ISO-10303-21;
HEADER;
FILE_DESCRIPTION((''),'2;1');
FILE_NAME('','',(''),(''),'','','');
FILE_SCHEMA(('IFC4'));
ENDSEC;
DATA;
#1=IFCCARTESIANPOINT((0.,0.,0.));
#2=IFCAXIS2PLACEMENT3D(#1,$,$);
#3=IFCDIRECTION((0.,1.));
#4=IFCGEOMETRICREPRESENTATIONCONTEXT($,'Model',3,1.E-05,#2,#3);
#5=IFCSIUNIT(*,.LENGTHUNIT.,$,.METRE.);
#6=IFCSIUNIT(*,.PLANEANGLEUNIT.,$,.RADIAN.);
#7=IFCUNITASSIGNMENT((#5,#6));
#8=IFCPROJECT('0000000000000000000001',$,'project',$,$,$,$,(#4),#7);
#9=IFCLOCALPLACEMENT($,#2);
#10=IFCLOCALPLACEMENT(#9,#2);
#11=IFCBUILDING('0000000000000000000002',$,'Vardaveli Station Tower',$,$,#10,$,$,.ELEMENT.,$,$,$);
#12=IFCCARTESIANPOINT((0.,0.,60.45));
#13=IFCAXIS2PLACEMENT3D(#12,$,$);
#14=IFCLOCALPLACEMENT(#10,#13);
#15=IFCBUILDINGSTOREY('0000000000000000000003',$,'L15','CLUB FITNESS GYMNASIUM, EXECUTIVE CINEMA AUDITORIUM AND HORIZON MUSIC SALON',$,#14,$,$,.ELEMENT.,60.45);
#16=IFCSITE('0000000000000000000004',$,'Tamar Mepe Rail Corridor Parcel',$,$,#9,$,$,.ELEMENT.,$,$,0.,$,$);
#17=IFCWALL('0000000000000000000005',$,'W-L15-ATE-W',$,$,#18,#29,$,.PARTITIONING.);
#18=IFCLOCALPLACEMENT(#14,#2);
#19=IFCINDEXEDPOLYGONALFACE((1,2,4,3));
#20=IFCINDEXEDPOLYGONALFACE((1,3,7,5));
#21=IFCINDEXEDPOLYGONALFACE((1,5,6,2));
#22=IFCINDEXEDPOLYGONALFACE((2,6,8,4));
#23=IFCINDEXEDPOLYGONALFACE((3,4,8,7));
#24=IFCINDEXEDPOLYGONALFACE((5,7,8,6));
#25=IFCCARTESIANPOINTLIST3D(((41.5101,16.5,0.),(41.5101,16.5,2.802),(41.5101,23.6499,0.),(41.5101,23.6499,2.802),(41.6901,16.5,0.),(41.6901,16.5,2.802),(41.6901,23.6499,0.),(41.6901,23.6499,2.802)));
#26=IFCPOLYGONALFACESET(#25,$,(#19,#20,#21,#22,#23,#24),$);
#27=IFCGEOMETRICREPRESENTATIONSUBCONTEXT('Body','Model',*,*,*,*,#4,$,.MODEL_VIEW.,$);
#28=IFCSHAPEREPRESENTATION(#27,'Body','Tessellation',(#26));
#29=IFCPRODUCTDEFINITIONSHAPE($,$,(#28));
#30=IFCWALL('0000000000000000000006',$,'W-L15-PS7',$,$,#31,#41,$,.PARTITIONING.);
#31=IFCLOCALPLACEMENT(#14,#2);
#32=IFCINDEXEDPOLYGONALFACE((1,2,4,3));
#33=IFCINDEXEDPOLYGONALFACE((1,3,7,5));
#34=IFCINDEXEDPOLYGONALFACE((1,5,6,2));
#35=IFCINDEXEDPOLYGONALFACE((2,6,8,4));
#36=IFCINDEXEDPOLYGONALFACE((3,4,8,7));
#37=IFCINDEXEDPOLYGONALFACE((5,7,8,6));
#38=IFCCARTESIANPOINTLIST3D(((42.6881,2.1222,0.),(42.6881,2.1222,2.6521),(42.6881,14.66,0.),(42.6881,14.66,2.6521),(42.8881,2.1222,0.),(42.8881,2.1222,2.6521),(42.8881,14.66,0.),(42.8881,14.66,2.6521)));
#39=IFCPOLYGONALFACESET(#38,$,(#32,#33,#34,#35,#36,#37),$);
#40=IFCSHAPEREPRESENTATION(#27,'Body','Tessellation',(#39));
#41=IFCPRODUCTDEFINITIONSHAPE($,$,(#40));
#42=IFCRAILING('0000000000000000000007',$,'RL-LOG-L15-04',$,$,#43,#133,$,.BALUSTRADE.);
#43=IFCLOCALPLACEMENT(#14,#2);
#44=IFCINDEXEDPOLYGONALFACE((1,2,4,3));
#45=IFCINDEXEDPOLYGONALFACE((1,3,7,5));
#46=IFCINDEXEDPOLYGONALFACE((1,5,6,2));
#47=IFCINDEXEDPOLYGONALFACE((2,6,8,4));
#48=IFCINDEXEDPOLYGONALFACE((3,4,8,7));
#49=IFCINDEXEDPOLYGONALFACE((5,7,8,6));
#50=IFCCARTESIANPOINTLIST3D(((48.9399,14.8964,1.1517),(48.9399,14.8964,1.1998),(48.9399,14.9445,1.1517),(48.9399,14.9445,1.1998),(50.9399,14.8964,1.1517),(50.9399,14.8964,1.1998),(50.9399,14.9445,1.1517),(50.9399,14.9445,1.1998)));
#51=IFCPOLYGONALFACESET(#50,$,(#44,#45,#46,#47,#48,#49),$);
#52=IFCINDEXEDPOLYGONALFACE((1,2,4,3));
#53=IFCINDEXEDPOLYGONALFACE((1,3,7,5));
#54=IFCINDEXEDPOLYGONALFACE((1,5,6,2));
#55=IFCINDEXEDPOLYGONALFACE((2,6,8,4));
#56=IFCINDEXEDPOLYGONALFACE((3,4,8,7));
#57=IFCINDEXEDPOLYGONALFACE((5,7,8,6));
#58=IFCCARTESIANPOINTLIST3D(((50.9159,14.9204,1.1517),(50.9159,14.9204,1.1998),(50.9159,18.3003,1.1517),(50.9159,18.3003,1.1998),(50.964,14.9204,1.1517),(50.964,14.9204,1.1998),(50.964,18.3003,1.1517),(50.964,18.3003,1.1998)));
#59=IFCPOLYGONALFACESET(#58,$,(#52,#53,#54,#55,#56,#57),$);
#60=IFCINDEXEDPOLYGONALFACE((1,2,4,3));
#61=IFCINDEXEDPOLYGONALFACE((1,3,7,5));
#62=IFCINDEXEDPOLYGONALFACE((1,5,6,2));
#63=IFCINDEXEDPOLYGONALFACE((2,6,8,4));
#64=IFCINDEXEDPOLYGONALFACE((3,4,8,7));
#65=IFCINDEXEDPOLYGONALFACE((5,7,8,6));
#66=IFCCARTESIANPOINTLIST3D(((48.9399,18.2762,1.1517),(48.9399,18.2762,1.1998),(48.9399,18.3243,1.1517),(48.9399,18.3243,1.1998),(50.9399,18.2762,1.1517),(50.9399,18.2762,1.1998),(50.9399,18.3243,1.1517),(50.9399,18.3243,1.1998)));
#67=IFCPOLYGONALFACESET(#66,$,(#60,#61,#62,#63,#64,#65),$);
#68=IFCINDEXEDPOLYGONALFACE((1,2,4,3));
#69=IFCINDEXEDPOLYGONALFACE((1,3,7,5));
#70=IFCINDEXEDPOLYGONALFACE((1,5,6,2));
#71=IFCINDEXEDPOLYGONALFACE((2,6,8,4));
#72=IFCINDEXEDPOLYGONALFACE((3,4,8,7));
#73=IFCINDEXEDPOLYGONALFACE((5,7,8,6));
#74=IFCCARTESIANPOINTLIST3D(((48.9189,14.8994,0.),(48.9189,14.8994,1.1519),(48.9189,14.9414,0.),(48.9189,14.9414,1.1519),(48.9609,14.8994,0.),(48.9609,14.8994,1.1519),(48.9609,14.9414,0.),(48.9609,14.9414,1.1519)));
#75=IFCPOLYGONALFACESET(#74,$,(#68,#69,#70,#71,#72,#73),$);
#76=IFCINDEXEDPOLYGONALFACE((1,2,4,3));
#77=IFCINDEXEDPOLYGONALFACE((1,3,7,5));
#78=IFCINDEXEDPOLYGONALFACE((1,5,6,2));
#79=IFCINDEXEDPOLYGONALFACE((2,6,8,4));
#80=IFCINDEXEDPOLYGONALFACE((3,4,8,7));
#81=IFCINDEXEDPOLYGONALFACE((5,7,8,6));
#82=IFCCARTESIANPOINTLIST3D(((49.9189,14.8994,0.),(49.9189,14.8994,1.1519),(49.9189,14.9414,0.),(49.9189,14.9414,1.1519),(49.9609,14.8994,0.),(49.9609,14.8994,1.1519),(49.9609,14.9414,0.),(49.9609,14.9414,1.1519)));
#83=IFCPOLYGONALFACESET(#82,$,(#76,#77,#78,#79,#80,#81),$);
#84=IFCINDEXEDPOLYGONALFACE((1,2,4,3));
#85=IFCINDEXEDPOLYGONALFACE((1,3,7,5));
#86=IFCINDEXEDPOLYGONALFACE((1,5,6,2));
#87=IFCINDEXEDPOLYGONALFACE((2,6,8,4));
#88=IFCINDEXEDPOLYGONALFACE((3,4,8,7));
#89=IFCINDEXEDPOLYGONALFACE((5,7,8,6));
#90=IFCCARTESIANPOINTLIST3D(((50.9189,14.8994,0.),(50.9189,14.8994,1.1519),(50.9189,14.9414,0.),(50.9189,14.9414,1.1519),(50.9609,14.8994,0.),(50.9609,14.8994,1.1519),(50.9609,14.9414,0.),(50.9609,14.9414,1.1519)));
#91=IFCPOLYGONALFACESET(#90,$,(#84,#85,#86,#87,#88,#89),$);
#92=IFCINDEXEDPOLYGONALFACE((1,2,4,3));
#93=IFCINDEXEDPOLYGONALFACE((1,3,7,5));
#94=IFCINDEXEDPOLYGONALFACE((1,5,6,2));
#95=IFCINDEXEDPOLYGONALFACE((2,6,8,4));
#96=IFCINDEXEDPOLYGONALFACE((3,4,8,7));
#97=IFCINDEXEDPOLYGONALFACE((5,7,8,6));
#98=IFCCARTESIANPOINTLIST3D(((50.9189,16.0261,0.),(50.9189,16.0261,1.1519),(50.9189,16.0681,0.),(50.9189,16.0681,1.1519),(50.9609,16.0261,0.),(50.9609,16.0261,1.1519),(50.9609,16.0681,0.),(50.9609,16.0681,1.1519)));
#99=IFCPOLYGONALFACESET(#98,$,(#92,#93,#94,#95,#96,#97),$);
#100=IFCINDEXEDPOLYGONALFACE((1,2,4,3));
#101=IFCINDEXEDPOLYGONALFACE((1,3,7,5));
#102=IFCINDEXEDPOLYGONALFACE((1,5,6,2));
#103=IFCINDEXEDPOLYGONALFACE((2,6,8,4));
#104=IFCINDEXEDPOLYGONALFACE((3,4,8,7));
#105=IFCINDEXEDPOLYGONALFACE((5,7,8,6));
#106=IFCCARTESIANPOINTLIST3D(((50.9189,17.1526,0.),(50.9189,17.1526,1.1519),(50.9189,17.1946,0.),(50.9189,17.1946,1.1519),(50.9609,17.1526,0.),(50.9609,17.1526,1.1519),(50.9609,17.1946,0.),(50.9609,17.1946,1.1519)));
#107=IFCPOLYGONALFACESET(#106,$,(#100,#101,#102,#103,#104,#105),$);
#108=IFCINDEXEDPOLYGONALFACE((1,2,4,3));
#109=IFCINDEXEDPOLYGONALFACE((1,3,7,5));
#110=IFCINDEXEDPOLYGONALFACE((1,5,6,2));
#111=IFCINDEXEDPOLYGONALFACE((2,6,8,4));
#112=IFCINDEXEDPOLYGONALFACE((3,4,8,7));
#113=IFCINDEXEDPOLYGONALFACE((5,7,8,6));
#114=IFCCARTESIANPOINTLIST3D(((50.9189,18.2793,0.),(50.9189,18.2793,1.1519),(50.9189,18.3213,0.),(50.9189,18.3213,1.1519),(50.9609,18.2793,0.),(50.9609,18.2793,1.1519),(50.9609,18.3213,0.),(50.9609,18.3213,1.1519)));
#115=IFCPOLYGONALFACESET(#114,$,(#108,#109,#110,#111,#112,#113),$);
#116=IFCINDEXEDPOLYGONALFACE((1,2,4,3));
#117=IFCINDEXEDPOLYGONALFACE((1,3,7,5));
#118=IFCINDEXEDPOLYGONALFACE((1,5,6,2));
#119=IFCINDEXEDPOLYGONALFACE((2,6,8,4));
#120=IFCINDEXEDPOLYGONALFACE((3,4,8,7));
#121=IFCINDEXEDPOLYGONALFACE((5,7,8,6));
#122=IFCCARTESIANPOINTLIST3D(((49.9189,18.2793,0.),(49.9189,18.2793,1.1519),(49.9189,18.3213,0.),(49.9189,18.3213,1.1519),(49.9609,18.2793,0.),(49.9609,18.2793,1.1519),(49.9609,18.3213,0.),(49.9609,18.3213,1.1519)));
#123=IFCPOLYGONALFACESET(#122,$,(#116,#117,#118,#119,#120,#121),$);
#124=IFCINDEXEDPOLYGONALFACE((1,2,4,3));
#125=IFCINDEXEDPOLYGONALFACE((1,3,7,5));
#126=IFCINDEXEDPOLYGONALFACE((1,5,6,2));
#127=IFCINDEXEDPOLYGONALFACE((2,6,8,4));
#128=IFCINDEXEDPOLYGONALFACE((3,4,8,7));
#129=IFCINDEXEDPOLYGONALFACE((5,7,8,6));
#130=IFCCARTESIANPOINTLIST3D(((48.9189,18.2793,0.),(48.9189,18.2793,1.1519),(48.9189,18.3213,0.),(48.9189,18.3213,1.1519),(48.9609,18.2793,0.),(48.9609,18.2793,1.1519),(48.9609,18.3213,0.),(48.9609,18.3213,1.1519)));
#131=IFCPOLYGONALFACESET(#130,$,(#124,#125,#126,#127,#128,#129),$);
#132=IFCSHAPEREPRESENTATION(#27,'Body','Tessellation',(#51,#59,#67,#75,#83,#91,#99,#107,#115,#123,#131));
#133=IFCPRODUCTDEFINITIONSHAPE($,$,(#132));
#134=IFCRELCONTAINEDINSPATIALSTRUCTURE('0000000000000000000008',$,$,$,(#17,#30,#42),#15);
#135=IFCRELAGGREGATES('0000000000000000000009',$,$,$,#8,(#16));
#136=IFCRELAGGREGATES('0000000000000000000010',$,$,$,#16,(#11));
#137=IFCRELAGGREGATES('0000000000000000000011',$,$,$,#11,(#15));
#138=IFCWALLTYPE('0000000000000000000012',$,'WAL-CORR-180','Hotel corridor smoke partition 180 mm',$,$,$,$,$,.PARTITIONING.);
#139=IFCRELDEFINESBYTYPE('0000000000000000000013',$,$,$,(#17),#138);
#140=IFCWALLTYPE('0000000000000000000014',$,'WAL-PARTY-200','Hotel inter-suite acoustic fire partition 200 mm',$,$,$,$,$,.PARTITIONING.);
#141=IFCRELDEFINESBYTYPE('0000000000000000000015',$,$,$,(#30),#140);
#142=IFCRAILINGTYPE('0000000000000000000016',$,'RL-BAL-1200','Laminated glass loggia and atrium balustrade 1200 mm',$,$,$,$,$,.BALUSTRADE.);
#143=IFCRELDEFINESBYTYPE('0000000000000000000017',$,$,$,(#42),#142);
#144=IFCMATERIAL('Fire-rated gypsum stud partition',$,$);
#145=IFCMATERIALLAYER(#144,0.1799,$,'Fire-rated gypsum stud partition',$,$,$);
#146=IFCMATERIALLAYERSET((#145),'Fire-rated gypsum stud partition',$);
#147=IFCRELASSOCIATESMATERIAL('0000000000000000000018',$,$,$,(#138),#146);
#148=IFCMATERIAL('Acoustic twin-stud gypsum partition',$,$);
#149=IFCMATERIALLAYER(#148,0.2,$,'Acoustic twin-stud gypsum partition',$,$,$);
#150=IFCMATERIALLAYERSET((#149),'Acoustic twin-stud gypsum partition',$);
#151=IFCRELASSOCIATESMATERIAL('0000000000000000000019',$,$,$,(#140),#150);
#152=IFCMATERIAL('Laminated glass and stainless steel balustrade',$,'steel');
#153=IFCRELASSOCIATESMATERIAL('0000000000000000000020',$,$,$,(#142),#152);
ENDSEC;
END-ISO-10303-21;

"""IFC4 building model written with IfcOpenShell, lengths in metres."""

from ifc_helpers import new_model, si_unit, direction, frame, frame_2d, origin, origin_2d, place, context, subcontext, project, spatial, rectangle, extrude, source, transform, mapped, material, layer, layer_set, type_object, element, save


model = new_model("IFC4")

# Units and contexts
model_context = context("Model", 3, precision=1e-05, world=origin(), true_north=direction((0.0, 1.0)))
body_context = subcontext(model_context, "Body", "Model", "MODEL_VIEW")
ifc_project = project(units=[si_unit("LENGTHUNIT", "METRE"), si_unit("PLANEANGLEUNIT", "RADIAN")], contexts=[model_context])

# Site, building, storey
site_placement = place(None, origin())
site = spatial("IfcSite", under=ifc_project, at=site_placement, Name="Tamar Mepe Rail Corridor Parcel", CompositionType="ELEMENT", RefElevation=0.0)
building_placement = place(site_placement, origin())
building = spatial("IfcBuilding", under=site, at=building_placement, Name="Vardaveli Station Tower", CompositionType="ELEMENT")
storey_placement = place(building_placement, frame((0.0, 0.0, 60.45)))
storey = spatial("IfcBuildingStorey", under=building, at=storey_placement, Name="L15", Description="CLUB FITNESS GYMNASIUM, EXECUTIVE CINEMA AUDITORIUM AND HORIZON MUSIC SALON", CompositionType="ELEMENT", Elevation=60.45)

# Shared definitions
ifc_material_1 = material(Name="Fire-rated gypsum stud partition")
ifc_layer_1 = layer(ifc_material_1, 0.1799, Name="Fire-rated gypsum stud partition")
ifc_layer_set_1 = layer_set([ifc_layer_1], Name="Fire-rated gypsum stud partition")
wall_type_1 = type_object("IfcWallType", Name="WAL-CORR-180", Description="Hotel corridor smoke partition 180 mm", PredefinedType="PARTITIONING", material=ifc_layer_set_1)

# Walls
shared_shape_1 = source(origin(), body_context, "Body", "SweptSolid", [
    extrude(rectangle(XDim=7.1499, YDim=0.1799, at=frame_2d((3.575, 0.0))), origin(), (0.0, 0.0, 1.0), 2.802),
])
wall_1_placement = place(storey_placement, frame((41.6001, 16.5, 0.0), z_axis=(0.0, 0.0, 1.0), x_axis=(0.0, 1.0, 0.0)))
element("IfcWall", 1, at=wall_1_placement, inside=storey, type_object=wall_type_1, Name="W-L15-ATE-W", PredefinedType="PARTITIONING", context=body_context, shape_type="MappedRepresentation", body=[
    mapped(shared_shape_1, transform((0.0, 0.0, 0.0), scale=1.0)),
])
ifc_material_2 = material(Name="Acoustic twin-stud gypsum partition")
ifc_layer_2 = layer(ifc_material_2, 0.2, Name="Acoustic twin-stud gypsum partition")
ifc_layer_set_2 = layer_set([ifc_layer_2], Name="Acoustic twin-stud gypsum partition")
wall_type_2 = type_object("IfcWallType", Name="WAL-PARTY-200", Description="Hotel inter-suite acoustic fire partition 200 mm", PredefinedType="PARTITIONING", material=ifc_layer_set_2)
shared_shape_2 = source(origin(), body_context, "Body", "SweptSolid", [
    extrude(rectangle(XDim=12.5378, YDim=0.2, at=frame_2d((6.269, 0.0))), origin(), (0.0, 0.0, 1.0), 2.6521),
])
wall_2_placement = place(storey_placement, frame((42.7881, 2.1221, 0.0), z_axis=(0.0, 0.0, 1.0), x_axis=(0.0, 1.0, 0.0)))
element("IfcWall", 2, at=wall_2_placement, inside=storey, type_object=wall_type_2, Name="W-L15-PS7", PredefinedType="PARTITIONING", context=body_context, shape_type="MappedRepresentation", body=[
    mapped(shared_shape_2, transform((0.0, 0.0, 0.0), scale=1.0)),
])

# Railing
ifc_material_3 = material(Name="Laminated glass and stainless steel balustrade", Category="steel")
railing_type = type_object("IfcRailingType", Name="RL-BAL-1200", Description="Laminated glass loggia and atrium balustrade 1200 mm", PredefinedType="BALUSTRADE", material=ifc_material_3)
shared_shape_3 = source(origin(), body_context, "Body", "SweptSolid", [
    extrude(rectangle(XDim=0.0481, YDim=0.0481, at=origin_2d()), frame((0.0, 0.0, 1.1758), z_axis=(1.0, 0.0, 0.0), x_axis=(0.0, 1.0, 0.0)), (0.0, 0.0, 1.0), 2.0),
    extrude(rectangle(XDim=0.0481, YDim=0.0481, at=origin_2d()), frame((2.0, 0.0, 1.1758), z_axis=(0.0, 1.0, 0.0), x_axis=(-1.0, 0.0, 0.0)), (0.0, 0.0, 1.0), 3.3799),
    extrude(rectangle(XDim=0.0481, YDim=0.0481, at=origin_2d()), frame((2.0, 3.3799, 1.1758), z_axis=(-1.0, 0.0, 0.0), x_axis=(0.0, -1.0, 0.0)), (0.0, 0.0, 1.0), 2.0),
    extrude(rectangle(XDim=0.042, YDim=0.042, at=origin_2d()), origin(), (0.0, 0.0, 1.0), 1.1519),
    extrude(rectangle(XDim=0.042, YDim=0.042, at=origin_2d()), frame((1.0, 0.0, 0.0)), (0.0, 0.0, 1.0), 1.1519),
    extrude(rectangle(XDim=0.042, YDim=0.042, at=origin_2d()), frame((2.0, 0.0, 0.0)), (0.0, 0.0, 1.0), 1.1519),
    extrude(rectangle(XDim=0.042, YDim=0.042, at=origin_2d()), frame((2.0, 1.1267, 0.0)), (0.0, 0.0, 1.0), 1.1519),
    extrude(rectangle(XDim=0.042, YDim=0.042, at=origin_2d()), frame((2.0, 2.2532, 0.0)), (0.0, 0.0, 1.0), 1.1519),
    extrude(rectangle(XDim=0.042, YDim=0.042, at=origin_2d()), frame((2.0, 3.3799, 0.0)), (0.0, 0.0, 1.0), 1.1519),
    extrude(rectangle(XDim=0.042, YDim=0.042, at=origin_2d()), frame((1.0, 3.3799, 0.0)), (0.0, 0.0, 1.0), 1.1519),
    extrude(rectangle(XDim=0.042, YDim=0.042, at=origin_2d()), frame((0.0, 3.3799, 0.0)), (0.0, 0.0, 1.0), 1.1519),
])
railing_placement = place(storey_placement, frame((48.9399, 14.9204, 0.0)))
element("IfcRailing", 3, at=railing_placement, inside=storey, type_object=railing_type, Name="RL-LOG-L15-04", PredefinedType="BALUSTRADE", context=body_context, shape_type="MappedRepresentation", body=[
    mapped(shared_shape_3, transform((0.0, 0.0, 0.0), scale=1.0)),
])

save(model, "model.ifc")
